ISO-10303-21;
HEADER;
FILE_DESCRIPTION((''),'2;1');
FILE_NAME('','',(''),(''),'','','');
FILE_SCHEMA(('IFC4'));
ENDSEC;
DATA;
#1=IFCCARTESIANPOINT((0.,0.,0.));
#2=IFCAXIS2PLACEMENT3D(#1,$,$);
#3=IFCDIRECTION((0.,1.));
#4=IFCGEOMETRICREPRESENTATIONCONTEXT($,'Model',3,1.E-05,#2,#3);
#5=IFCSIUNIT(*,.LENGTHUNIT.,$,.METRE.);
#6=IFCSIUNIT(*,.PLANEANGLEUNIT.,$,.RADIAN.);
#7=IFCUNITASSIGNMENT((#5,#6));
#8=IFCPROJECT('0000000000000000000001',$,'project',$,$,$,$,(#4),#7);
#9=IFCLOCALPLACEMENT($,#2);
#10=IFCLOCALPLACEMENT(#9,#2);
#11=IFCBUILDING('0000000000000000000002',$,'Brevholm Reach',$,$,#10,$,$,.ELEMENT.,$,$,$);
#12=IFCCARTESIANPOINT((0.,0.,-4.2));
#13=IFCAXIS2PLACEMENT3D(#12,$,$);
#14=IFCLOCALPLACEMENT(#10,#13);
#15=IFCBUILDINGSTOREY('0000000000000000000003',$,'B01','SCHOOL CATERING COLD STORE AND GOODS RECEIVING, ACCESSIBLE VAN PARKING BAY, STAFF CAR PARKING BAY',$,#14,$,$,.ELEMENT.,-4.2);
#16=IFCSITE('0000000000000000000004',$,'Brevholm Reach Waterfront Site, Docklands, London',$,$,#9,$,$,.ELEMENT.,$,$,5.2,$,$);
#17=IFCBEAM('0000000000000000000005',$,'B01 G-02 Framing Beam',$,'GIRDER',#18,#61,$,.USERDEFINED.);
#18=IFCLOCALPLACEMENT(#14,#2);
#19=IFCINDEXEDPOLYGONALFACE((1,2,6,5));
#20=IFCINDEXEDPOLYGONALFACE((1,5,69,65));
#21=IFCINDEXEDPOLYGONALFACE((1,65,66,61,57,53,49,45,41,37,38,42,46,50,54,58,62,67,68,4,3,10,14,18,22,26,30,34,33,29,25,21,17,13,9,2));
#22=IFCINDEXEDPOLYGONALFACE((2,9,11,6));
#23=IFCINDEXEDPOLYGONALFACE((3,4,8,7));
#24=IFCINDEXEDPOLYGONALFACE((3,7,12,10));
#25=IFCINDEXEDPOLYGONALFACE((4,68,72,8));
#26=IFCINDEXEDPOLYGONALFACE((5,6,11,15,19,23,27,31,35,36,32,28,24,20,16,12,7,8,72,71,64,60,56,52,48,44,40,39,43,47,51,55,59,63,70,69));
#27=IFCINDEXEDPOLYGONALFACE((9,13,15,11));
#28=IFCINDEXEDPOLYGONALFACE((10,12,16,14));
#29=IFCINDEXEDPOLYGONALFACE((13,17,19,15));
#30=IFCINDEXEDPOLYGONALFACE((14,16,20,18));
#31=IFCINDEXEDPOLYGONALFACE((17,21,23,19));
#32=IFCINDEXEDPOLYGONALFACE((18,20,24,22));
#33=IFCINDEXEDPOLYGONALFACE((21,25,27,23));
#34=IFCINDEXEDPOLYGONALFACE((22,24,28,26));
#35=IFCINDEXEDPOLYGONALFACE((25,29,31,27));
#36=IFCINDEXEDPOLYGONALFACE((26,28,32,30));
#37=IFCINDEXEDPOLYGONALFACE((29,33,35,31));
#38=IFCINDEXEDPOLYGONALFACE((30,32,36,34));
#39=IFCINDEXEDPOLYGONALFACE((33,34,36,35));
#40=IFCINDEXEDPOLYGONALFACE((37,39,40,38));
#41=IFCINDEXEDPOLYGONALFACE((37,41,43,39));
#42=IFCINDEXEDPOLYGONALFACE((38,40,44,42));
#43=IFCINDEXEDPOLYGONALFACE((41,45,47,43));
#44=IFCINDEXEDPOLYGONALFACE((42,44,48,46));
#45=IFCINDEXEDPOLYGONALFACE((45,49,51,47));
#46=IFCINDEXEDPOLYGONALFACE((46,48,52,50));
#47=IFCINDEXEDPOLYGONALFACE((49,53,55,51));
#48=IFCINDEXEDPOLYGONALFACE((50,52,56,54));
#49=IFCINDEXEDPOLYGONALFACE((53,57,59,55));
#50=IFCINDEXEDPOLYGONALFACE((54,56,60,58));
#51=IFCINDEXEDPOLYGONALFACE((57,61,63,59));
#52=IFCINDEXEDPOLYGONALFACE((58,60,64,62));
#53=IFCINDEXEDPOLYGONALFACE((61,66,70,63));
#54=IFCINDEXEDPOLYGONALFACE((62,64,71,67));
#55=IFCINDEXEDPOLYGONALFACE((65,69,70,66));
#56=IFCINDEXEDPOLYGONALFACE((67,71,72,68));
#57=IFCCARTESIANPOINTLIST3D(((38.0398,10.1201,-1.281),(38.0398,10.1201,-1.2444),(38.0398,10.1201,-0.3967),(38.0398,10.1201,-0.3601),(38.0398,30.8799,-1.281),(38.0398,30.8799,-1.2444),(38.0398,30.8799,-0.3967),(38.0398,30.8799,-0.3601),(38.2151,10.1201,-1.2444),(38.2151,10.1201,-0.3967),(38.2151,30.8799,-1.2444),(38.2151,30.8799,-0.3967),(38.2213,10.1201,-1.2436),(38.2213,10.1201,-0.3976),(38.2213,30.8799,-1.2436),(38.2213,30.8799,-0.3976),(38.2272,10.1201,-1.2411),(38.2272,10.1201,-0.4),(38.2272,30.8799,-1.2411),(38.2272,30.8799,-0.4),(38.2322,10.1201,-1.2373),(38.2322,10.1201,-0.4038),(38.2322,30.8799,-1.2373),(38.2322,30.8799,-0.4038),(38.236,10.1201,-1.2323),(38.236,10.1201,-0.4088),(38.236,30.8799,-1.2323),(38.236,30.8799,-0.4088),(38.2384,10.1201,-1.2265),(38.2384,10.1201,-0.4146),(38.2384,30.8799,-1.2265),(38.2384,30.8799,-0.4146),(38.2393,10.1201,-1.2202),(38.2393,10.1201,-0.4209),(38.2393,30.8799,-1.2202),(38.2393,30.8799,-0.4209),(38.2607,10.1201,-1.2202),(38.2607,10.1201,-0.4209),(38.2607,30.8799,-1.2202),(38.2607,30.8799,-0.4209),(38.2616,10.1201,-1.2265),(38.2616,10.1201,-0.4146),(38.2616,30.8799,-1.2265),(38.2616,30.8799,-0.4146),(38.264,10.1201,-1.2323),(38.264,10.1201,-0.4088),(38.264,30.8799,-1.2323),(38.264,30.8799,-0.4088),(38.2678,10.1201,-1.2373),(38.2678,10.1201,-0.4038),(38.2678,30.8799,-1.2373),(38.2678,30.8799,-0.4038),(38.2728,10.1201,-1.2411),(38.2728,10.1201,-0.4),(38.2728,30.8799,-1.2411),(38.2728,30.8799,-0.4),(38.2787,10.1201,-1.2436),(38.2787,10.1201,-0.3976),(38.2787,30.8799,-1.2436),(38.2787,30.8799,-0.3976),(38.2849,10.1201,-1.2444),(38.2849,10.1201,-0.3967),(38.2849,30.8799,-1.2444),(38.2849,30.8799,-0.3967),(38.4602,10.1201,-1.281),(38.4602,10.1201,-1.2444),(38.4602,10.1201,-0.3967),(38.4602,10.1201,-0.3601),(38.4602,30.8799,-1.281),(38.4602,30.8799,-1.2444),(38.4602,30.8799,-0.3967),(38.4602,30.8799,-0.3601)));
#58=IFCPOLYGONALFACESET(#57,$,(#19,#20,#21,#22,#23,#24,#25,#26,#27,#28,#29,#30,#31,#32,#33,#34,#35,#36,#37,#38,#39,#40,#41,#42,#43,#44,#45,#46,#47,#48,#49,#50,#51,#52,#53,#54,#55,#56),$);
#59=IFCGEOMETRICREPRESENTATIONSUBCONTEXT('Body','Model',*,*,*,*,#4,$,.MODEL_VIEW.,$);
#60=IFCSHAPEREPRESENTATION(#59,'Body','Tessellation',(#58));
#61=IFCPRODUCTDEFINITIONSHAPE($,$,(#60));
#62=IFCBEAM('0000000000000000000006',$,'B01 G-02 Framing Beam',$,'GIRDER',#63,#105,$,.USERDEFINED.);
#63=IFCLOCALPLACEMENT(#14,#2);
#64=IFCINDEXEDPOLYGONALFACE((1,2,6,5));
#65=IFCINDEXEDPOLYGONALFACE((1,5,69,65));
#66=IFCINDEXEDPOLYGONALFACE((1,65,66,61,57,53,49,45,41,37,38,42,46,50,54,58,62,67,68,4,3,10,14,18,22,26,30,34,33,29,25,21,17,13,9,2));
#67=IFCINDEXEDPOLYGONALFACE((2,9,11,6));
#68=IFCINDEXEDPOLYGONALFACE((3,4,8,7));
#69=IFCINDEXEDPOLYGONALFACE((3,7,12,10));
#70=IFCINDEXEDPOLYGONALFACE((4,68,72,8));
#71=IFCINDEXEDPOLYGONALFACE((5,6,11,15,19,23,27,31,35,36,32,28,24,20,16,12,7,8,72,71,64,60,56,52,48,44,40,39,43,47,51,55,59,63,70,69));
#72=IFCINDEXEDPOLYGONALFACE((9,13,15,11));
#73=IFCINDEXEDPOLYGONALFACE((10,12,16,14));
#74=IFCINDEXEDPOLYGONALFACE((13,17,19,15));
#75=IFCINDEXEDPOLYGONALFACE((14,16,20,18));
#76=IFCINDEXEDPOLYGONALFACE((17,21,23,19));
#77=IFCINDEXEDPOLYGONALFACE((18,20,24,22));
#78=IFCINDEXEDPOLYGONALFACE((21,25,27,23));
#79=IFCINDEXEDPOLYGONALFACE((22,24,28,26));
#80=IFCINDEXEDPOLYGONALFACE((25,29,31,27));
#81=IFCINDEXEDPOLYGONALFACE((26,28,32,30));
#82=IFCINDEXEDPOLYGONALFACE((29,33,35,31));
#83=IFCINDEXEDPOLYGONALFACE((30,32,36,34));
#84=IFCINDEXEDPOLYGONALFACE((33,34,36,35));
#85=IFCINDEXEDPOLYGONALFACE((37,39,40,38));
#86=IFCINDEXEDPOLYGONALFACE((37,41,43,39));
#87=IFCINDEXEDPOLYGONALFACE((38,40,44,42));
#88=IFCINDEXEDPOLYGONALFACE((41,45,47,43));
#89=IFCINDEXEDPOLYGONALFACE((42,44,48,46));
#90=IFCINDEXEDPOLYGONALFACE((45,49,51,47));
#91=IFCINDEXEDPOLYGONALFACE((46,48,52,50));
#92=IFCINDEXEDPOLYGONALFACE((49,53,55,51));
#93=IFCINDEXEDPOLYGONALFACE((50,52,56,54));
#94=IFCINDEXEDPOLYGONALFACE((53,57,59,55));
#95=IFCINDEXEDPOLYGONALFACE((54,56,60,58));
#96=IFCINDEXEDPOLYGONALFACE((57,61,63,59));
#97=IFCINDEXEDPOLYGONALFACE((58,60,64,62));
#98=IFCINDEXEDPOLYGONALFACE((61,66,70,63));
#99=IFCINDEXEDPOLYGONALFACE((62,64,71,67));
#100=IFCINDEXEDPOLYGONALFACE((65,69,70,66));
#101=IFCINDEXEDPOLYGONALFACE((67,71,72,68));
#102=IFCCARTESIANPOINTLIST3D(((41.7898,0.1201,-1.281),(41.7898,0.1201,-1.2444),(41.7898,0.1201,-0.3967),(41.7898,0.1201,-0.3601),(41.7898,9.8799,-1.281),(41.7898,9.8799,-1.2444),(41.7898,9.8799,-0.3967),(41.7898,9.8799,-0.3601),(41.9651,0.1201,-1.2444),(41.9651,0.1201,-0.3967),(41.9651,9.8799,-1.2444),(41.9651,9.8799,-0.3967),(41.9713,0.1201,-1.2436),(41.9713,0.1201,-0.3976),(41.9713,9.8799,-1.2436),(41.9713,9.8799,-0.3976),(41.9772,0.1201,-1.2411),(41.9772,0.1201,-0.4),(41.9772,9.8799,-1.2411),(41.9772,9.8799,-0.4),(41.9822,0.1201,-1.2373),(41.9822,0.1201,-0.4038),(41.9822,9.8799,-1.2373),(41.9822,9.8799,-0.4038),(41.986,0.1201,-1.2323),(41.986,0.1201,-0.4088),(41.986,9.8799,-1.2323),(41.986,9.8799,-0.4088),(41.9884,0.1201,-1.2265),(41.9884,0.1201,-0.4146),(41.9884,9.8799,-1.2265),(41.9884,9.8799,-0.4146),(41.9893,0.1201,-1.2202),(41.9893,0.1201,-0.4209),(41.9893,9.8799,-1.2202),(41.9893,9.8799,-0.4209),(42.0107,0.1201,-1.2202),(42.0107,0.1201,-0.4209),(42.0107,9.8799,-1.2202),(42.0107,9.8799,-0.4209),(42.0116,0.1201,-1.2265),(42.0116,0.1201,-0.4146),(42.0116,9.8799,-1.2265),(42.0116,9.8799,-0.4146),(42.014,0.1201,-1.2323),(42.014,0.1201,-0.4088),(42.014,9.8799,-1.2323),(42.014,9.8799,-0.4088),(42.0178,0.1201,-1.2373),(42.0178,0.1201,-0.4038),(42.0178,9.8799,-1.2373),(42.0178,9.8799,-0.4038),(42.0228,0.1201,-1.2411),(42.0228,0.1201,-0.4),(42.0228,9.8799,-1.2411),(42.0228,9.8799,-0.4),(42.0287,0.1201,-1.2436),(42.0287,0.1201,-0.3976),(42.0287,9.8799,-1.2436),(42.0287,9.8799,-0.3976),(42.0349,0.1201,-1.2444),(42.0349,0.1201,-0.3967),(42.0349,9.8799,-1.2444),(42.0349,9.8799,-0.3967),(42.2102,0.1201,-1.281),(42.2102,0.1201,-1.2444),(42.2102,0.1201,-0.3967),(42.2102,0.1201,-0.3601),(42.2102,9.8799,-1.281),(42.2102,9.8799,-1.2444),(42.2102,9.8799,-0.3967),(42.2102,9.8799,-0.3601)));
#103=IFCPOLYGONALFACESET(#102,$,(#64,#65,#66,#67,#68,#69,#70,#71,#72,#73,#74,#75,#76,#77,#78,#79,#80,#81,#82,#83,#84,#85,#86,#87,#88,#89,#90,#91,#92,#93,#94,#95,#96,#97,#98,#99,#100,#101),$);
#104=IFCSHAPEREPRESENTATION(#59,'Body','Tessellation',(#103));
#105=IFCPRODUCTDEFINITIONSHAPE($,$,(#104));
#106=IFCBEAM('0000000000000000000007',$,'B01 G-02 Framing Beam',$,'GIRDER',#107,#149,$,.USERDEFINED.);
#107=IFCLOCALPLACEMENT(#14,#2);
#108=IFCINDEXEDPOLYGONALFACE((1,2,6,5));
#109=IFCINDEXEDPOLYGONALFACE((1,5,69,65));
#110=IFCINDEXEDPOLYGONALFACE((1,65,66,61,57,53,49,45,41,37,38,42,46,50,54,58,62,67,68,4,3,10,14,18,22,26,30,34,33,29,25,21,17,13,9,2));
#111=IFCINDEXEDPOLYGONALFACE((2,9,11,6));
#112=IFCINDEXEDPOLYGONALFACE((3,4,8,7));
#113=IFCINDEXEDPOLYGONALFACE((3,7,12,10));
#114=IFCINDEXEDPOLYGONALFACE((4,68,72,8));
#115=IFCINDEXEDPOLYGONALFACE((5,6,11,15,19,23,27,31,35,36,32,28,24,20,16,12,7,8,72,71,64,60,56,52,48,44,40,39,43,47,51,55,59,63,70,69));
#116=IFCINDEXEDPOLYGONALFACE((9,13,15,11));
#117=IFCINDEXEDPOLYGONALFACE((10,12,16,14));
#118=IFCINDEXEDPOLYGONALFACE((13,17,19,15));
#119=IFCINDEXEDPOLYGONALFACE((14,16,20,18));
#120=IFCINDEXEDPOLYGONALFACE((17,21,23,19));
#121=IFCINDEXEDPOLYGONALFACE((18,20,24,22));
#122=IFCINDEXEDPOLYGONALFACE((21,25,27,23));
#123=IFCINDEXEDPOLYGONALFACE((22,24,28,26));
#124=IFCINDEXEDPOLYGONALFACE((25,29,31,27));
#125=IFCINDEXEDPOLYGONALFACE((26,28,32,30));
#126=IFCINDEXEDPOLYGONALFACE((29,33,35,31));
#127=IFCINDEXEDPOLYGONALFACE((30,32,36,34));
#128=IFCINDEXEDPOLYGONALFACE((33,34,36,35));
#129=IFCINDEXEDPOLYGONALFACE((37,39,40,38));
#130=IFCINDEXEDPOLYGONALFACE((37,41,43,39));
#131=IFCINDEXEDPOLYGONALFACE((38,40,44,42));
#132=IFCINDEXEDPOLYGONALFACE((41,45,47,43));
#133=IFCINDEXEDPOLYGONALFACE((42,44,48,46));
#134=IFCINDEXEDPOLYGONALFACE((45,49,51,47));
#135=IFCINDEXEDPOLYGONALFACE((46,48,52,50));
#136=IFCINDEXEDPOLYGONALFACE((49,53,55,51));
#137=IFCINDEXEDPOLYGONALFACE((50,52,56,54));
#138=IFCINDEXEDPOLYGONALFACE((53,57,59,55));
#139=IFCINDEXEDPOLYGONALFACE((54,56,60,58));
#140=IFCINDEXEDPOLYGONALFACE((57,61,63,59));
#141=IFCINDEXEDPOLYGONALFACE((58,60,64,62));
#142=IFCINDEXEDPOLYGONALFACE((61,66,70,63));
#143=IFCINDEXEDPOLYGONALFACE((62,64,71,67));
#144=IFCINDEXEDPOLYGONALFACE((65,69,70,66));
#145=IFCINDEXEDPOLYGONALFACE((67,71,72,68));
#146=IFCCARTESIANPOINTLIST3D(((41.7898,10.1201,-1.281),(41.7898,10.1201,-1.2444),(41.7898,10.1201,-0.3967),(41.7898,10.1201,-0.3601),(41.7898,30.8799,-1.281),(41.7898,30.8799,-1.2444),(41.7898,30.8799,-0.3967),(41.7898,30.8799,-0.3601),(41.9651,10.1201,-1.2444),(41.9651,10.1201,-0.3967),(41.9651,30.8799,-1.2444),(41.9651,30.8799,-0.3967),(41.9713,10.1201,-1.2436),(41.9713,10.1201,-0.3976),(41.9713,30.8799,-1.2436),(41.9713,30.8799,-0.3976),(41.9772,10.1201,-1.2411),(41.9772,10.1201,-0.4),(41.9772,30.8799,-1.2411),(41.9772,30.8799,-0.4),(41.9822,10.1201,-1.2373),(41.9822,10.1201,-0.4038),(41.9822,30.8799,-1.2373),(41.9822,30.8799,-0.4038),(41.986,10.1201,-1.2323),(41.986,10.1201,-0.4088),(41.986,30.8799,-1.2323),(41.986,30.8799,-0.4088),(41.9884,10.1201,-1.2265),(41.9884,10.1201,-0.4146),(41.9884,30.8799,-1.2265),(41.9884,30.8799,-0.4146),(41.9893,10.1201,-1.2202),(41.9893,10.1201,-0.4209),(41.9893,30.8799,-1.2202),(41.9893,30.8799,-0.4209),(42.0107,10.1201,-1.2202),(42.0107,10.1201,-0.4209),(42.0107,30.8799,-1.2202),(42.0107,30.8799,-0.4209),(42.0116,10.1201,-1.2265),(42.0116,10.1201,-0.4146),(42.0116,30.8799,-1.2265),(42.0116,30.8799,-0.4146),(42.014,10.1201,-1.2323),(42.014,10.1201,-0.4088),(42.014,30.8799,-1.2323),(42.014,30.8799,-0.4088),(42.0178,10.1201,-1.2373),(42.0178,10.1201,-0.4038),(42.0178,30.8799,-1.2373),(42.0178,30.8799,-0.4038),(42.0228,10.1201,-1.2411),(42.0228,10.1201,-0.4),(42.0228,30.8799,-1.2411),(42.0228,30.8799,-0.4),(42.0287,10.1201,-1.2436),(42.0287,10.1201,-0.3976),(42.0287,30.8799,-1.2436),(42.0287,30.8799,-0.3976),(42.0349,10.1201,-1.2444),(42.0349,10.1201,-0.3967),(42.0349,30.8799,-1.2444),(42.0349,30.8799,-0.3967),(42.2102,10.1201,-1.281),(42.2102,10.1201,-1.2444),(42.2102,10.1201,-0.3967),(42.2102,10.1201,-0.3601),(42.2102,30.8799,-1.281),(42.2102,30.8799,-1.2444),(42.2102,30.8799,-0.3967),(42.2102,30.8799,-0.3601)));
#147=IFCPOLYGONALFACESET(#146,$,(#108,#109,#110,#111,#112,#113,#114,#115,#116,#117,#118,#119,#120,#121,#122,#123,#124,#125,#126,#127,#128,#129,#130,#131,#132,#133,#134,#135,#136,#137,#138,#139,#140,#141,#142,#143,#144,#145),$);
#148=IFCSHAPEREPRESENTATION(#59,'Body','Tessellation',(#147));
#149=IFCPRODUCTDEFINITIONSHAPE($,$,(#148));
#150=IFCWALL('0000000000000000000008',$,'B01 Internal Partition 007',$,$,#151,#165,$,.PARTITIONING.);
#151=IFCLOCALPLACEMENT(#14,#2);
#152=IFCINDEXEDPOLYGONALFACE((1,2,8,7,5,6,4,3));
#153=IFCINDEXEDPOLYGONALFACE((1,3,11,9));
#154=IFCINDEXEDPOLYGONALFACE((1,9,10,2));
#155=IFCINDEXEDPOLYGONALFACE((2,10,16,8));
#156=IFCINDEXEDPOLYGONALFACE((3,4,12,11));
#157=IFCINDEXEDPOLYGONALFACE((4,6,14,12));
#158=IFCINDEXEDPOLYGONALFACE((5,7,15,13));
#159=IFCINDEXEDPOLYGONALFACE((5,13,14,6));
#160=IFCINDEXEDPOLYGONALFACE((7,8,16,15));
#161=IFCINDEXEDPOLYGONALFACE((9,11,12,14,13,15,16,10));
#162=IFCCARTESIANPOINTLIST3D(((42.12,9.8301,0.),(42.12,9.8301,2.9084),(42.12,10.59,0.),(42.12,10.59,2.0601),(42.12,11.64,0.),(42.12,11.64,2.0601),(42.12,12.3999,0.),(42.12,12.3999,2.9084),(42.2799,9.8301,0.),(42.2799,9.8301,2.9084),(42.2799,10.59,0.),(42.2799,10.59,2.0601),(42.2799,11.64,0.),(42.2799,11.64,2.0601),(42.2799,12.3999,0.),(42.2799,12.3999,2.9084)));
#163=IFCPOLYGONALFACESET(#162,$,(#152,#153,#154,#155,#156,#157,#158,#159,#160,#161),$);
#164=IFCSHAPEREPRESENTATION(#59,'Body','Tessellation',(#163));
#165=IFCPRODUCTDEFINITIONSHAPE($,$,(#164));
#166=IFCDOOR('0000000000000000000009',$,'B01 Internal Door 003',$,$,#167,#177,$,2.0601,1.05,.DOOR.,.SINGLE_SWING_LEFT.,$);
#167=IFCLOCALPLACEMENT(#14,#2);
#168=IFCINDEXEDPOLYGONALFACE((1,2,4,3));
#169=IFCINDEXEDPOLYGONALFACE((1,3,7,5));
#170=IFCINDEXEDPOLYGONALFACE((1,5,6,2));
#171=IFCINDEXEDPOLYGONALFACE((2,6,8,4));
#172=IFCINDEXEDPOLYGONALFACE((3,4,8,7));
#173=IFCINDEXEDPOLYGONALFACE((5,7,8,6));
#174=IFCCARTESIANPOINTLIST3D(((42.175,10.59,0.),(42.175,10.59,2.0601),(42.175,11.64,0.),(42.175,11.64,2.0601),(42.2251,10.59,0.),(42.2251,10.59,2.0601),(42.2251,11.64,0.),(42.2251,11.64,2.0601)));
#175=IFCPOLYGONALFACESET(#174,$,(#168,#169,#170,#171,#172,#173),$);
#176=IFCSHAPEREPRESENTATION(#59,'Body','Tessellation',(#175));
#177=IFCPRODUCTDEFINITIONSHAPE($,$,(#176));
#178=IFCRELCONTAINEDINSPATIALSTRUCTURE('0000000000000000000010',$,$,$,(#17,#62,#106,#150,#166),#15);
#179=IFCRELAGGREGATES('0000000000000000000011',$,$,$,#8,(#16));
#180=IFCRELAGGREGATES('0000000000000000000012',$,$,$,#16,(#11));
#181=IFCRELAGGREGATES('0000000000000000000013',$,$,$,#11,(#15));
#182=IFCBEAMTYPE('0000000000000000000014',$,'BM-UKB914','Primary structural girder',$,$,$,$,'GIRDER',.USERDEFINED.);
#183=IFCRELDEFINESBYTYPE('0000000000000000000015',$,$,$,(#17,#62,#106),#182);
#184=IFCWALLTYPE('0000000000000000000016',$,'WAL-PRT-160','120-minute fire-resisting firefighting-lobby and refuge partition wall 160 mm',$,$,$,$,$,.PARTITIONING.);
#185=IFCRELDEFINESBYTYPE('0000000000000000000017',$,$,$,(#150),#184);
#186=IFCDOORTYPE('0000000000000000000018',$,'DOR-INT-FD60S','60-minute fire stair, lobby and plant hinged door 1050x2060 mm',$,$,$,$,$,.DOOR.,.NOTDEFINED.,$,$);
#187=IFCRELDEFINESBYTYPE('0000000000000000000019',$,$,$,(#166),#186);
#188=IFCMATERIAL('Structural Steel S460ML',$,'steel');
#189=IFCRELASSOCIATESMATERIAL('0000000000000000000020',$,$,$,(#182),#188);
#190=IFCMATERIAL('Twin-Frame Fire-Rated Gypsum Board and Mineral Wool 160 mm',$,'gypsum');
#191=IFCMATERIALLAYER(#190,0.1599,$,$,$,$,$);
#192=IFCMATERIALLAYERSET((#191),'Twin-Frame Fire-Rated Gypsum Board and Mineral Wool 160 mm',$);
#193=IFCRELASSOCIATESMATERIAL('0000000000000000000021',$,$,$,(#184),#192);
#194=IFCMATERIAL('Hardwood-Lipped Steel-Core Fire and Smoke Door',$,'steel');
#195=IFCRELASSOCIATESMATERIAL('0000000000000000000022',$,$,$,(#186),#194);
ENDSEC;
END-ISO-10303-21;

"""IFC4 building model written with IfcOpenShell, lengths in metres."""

from ifc_helpers import new_model, si_unit, direction, frame, frame_2d, origin, origin_2d, place, context, subcontext, project, spatial, rectangle, i_section, extrude, material, layer, layer_set, material_profile, profile_set, type_object, element, fill, save


model = new_model("IFC4")

# Units and contexts
model_context = context("Model", 3, precision=1e-05, world=origin(), true_north=direction((0.0, 1.0)))
body_context = subcontext(model_context, "Body", "Model", "MODEL_VIEW")
ifc_project = project(units=[si_unit("LENGTHUNIT", "METRE"), si_unit("PLANEANGLEUNIT", "RADIAN")], contexts=[model_context])

# Site, building, storey
site_placement = place(None, origin())
site = spatial("IfcSite", under=ifc_project, at=site_placement, Name="Brevholm Reach Waterfront Site, Docklands, London", CompositionType="ELEMENT", RefElevation=5.2)
building_placement = place(site_placement, origin())
building = spatial("IfcBuilding", under=site, at=building_placement, Name="Brevholm Reach", CompositionType="ELEMENT")
storey_placement = place(building_placement, frame((0.0, 0.0, -4.2)))
storey = spatial("IfcBuildingStorey", under=building, at=storey_placement, Name="B01", Description="SCHOOL CATERING COLD STORE AND GOODS RECEIVING, ACCESSIBLE VAN PARKING BAY, STAFF CAR PARKING BAY", CompositionType="ELEMENT", Elevation=-4.2)

# Beams
ifc_material_1 = material(Name="Structural Steel S460ML", Category="steel")
ifc_material_profile_1 = material_profile(ifc_material_1, i_section(OverallWidth=0.4204, OverallDepth=0.9209, WebThickness=0.0215, FlangeThickness=0.0366, FilletRadius=0.0242, at=origin_2d()), Name="UKB 914x419x388")
ifc_profile_set_1 = profile_set([ifc_material_profile_1], Name="Structural Steel S460ML")
beam_type_1 = type_object("IfcBeamType", Name="BM-UKB914", Description="Primary structural girder", ElementType="GIRDER", PredefinedType="USERDEFINED", material=ifc_profile_set_1)
beam_1_placement = place(storey_placement, frame((38.25, 10.1201, -0.8206), z_axis=(0.0, 1.0, 0.0), x_axis=(-1.0, 0.0, 0.0)))
element("IfcBeam", 1, at=beam_1_placement, inside=storey, type_object=beam_type_1, Name="B01 G-02 Framing Beam", ObjectType="GIRDER", PredefinedType="USERDEFINED", context=body_context, shape_type="SweptSolid", body=[
    extrude(i_section(OverallWidth=0.4204, OverallDepth=0.9209, WebThickness=0.0215, FlangeThickness=0.0366, FilletRadius=0.0242, at=origin_2d()), origin(), (0.0, 0.0, 1.0), 20.7598),
])
beam_2_placement = place(storey_placement, frame((42.0, 0.1201, -0.8206), z_axis=(0.0, 1.0, 0.0), x_axis=(-1.0, 0.0, 0.0)))
element("IfcBeam", 2, at=beam_2_placement, inside=storey, type_object=beam_type_1, Name="B01 G-02 Framing Beam", ObjectType="GIRDER", PredefinedType="USERDEFINED", context=body_context, shape_type="SweptSolid", body=[
    extrude(i_section(OverallWidth=0.4204, OverallDepth=0.9209, WebThickness=0.0215, FlangeThickness=0.0366, FilletRadius=0.0242, at=origin_2d()), origin(), (0.0, 0.0, 1.0), 9.7598),
])
beam_3_placement = place(storey_placement, frame((42.0, 10.1201, -0.8206), z_axis=(0.0, 1.0, 0.0), x_axis=(-1.0, 0.0, 0.0)))
element("IfcBeam", 3, at=beam_3_placement, inside=storey, type_object=beam_type_1, Name="B01 G-02 Framing Beam", ObjectType="GIRDER", PredefinedType="USERDEFINED", context=body_context, shape_type="SweptSolid", body=[
    extrude(i_section(OverallWidth=0.4204, OverallDepth=0.9209, WebThickness=0.0215, FlangeThickness=0.0366, FilletRadius=0.0242, at=origin_2d()), origin(), (0.0, 0.0, 1.0), 20.7598),
])

# Wall, opening, door
ifc_material_2 = material(Name="Twin-Frame Fire-Rated Gypsum Board and Mineral Wool 160 mm", Category="gypsum")
ifc_layer = layer(ifc_material_2, 0.1599)
ifc_layer_set = layer_set([ifc_layer], Name="Twin-Frame Fire-Rated Gypsum Board and Mineral Wool 160 mm")
wall_type = type_object("IfcWallType", Name="WAL-PRT-160", Description="120-minute fire-resisting firefighting-lobby and refuge partition wall 160 mm", PredefinedType="PARTITIONING", material=ifc_layer_set)
wall_placement = place(storey_placement, frame((42.2, 9.8301, 0.0), z_axis=(0.0, 0.0, 1.0), x_axis=(0.0, 1.0, 0.0)))
wall = element("IfcWall", 4, at=wall_placement, inside=storey, type_object=wall_type, Name="B01 Internal Partition 007", PredefinedType="PARTITIONING", context=body_context, shape_type="SweptSolid", body=[
    extrude(rectangle(XDim=2.5698, YDim=0.1599, at=frame_2d((1.2849, 0.0))), origin(), (0.0, 0.0, 1.0), 2.9084),
])
opening_placement = place(wall_placement, frame((0.76, 0.0, 0.0)))
opening = element("IfcOpeningElement", 5, at=opening_placement, cuts=wall, PredefinedType="OPENING", context=body_context, shape_type="SweptSolid", body=[
    extrude(rectangle(XDim=1.05, YDim=2.0601, at=frame_2d((0.5249, 1.03))), frame((0.0, 0.0898, 0.0), z_axis=(0.0, -1.0, 0.0), x_axis=(1.0, 0.0, 0.0)), (0.0, 0.0, 1.0), 0.1799),
])
ifc_material_3 = material(Name="Hardwood-Lipped Steel-Core Fire and Smoke Door", Category="steel")
door_type = type_object("IfcDoorType", Name="DOR-INT-FD60S", Description="60-minute fire stair, lobby and plant hinged door 1050x2060 mm", OperationType="NOTDEFINED", PredefinedType="DOOR", material=ifc_material_3)
door_placement = place(opening_placement, origin())
door = element("IfcDoor", 6, at=door_placement, inside=storey, type_object=door_type, Name="B01 Internal Door 003", OperationType="SINGLE_SWING_LEFT", OverallHeight=2.0601, OverallWidth=1.05, PredefinedType="DOOR", context=body_context, shape_type="SweptSolid", body=[
    extrude(rectangle(XDim=1.05, YDim=2.0601, at=frame_2d((0.5249, 1.03))), frame((0.0, 0.0249, 0.0), z_axis=(0.0, -1.0, 0.0), x_axis=(1.0, 0.0, 0.0)), (0.0, 0.0, 1.0), 0.05),
])
fill(opening, door)

save(model, "model.ifc")
